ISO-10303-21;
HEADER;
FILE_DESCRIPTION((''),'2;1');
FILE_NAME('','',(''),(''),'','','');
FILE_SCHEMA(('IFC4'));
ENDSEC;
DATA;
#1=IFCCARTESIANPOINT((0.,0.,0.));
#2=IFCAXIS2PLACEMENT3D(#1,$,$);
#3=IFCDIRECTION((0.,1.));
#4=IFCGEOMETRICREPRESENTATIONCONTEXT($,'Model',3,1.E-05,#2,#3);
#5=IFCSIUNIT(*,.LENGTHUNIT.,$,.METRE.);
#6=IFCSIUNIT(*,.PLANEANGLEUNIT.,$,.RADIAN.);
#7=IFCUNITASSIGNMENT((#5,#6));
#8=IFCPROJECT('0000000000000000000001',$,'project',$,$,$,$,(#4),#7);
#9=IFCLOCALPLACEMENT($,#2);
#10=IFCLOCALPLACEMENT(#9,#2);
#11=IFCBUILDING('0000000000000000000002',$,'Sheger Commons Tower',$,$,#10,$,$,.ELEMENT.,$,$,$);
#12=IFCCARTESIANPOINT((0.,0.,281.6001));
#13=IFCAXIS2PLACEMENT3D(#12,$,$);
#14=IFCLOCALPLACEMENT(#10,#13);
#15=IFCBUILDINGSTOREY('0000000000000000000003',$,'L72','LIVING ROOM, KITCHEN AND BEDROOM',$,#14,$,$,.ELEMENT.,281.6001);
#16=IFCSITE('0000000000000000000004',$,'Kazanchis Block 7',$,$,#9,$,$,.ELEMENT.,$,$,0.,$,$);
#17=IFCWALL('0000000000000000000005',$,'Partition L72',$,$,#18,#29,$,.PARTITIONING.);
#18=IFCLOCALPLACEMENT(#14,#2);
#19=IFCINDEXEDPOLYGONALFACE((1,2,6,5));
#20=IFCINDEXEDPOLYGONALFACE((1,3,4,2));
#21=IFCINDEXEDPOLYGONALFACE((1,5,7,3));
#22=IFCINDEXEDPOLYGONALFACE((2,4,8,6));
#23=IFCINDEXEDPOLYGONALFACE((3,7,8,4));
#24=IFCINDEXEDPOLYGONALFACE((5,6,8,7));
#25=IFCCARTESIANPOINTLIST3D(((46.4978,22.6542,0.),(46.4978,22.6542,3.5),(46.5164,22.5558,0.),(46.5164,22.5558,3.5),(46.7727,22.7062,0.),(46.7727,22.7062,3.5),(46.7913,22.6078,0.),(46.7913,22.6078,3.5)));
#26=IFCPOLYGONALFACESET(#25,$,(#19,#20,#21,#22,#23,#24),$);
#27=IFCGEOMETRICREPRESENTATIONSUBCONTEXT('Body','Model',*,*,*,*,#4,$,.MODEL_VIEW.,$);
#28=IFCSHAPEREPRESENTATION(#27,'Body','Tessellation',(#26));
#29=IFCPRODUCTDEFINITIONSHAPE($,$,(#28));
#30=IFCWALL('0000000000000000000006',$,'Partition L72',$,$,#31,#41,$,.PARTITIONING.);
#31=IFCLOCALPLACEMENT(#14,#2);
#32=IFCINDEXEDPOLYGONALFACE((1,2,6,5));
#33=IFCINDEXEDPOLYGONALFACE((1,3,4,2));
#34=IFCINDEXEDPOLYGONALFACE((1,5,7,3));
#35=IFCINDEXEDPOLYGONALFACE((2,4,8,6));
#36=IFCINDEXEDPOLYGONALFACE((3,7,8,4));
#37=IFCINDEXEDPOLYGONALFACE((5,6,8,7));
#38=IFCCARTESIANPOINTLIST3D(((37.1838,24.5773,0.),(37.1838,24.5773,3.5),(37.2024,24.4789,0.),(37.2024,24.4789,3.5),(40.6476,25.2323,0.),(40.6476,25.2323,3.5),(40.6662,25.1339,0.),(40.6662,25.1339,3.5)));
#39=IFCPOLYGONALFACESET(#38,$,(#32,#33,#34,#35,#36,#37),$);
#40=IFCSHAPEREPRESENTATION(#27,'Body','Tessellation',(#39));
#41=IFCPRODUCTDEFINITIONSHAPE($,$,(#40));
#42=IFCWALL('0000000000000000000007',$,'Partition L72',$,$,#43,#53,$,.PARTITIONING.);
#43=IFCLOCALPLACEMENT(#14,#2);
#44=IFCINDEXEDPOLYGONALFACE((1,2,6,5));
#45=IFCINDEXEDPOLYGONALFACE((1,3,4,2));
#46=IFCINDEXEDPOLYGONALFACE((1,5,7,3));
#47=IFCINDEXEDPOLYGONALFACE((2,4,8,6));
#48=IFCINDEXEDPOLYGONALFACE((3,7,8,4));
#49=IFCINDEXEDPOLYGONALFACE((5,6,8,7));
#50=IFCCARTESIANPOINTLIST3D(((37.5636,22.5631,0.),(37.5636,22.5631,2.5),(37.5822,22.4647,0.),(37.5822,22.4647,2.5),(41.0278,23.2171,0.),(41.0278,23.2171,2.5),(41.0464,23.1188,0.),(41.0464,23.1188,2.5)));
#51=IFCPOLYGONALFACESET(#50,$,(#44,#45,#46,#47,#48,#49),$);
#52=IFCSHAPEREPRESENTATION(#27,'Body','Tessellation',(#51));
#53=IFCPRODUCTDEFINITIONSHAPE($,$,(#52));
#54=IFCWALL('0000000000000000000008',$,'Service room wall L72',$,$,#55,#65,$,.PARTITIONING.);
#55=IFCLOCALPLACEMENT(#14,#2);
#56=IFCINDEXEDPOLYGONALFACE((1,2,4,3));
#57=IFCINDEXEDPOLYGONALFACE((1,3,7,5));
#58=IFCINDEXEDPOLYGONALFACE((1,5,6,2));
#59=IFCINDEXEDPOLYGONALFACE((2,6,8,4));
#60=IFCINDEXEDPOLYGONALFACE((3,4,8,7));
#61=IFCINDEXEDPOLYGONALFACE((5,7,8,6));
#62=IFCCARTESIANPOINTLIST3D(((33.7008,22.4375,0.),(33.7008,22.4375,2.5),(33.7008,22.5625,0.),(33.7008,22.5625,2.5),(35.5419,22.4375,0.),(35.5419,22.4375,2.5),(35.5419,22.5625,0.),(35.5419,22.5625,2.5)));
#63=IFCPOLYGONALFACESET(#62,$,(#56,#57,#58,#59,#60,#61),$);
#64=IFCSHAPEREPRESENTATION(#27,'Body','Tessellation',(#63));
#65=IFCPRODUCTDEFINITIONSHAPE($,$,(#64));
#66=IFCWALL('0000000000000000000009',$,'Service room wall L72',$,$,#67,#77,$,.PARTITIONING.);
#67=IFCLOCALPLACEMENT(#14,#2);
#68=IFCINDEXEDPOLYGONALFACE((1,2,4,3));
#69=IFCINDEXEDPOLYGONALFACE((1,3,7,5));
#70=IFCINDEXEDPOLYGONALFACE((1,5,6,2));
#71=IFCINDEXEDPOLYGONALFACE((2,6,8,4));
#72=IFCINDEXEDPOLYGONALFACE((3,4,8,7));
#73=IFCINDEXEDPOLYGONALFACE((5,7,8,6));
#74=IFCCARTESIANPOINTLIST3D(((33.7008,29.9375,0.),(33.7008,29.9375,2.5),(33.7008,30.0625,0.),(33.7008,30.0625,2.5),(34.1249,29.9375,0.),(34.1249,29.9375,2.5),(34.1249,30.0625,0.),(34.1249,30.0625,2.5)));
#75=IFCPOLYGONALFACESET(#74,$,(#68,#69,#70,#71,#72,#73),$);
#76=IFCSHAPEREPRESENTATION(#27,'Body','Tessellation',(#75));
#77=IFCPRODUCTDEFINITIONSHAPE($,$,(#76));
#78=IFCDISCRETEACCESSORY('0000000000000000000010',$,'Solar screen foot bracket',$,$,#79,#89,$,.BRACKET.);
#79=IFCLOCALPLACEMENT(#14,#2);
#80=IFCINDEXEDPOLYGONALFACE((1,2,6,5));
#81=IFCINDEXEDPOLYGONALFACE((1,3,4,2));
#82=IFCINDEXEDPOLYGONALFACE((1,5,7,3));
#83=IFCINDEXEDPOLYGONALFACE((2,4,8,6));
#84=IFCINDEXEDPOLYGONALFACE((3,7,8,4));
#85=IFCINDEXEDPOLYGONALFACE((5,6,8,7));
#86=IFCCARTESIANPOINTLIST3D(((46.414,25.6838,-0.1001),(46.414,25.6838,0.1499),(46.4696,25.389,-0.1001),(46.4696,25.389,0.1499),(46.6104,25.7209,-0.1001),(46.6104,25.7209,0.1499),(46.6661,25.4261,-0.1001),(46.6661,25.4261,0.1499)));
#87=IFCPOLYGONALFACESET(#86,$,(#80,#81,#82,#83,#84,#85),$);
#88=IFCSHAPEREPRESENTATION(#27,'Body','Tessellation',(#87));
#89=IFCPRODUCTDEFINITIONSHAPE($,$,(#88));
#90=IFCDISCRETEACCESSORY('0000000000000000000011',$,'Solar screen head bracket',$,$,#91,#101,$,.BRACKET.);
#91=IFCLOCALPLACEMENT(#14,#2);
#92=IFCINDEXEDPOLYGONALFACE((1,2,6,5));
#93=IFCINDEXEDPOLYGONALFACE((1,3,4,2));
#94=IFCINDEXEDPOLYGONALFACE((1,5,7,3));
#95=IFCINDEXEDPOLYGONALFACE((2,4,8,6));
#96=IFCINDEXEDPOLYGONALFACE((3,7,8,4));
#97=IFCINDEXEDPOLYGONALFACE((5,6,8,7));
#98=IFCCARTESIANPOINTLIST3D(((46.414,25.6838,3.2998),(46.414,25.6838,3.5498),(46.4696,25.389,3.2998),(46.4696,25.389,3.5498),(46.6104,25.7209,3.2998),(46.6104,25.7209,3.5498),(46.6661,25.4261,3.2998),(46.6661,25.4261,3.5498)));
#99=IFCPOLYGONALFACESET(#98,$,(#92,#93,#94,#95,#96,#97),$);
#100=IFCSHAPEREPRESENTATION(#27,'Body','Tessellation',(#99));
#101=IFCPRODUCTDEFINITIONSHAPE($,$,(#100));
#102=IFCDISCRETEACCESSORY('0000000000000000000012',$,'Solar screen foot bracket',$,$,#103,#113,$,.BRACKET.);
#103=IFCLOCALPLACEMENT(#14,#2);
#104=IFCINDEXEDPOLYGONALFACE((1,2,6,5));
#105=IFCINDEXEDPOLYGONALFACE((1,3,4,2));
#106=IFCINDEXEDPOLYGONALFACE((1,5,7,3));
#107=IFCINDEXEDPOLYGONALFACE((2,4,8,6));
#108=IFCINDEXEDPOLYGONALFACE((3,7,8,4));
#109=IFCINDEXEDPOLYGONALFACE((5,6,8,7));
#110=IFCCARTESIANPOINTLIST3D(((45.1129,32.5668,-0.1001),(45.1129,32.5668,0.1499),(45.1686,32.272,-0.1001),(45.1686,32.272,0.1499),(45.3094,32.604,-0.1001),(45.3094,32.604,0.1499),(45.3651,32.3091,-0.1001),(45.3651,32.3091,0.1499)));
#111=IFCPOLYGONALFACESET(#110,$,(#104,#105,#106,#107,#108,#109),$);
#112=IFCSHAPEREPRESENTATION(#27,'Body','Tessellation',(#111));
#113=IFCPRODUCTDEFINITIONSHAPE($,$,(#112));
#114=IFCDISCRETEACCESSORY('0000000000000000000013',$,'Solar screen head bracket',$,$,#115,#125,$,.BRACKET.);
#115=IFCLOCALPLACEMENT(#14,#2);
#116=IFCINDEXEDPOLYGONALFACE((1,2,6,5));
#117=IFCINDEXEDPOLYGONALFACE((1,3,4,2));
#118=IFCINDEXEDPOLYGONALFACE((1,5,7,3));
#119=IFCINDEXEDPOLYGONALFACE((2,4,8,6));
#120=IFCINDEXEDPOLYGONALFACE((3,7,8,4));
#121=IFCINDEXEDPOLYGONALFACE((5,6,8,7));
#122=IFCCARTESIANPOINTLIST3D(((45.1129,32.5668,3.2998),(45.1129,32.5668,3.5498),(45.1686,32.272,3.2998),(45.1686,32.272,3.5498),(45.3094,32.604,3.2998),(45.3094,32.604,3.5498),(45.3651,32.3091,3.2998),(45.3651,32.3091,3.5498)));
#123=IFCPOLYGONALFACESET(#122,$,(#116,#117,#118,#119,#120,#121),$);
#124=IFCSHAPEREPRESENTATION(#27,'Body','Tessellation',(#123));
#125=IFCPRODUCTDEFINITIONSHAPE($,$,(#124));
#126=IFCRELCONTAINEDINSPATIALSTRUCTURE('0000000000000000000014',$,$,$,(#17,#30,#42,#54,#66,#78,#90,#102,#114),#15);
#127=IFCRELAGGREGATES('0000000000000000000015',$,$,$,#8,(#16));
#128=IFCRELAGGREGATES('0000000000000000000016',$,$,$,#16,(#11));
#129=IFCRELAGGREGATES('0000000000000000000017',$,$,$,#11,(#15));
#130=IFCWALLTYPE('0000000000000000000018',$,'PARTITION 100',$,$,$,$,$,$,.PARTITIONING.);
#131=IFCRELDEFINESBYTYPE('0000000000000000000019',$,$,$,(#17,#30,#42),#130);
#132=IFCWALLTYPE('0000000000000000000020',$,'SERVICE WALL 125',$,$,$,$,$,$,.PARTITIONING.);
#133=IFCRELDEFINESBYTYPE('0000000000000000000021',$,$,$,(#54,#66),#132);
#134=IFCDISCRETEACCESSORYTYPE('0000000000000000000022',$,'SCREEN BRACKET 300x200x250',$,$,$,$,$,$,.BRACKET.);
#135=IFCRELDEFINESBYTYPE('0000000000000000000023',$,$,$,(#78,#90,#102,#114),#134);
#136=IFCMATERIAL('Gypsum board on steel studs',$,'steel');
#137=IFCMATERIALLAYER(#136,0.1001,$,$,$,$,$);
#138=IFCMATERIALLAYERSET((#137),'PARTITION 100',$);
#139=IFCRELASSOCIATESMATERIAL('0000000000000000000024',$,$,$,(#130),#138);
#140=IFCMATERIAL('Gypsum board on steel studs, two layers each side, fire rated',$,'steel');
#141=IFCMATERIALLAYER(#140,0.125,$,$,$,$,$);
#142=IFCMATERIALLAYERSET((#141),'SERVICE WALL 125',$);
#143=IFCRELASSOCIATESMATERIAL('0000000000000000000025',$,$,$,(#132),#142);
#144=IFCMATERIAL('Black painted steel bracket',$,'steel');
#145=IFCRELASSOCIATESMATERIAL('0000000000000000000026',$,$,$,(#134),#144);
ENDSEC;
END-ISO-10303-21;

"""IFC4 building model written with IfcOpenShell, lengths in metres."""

from ifc_helpers import new_model, si_unit, direction, frame, frame_2d, origin, origin_2d, place, context, subcontext, project, spatial, rectangle, extrude, material, layer, layer_set, type_object, element, save


model = new_model("IFC4")

# Units and contexts
model_context = context("Model", 3, precision=1e-05, world=origin(), true_north=direction((0.0, 1.0)))
body_context = subcontext(model_context, "Body", "Model", "MODEL_VIEW")
ifc_project = project(units=[si_unit("LENGTHUNIT", "METRE"), si_unit("PLANEANGLEUNIT", "RADIAN")], contexts=[model_context])

# Site, building, storey
site_placement = place(None, origin())
site = spatial("IfcSite", under=ifc_project, at=site_placement, Name="Kazanchis Block 7", CompositionType="ELEMENT", RefElevation=0.0)
building_placement = place(site_placement, origin())
building = spatial("IfcBuilding", under=site, at=building_placement, Name="Sheger Commons Tower", CompositionType="ELEMENT")
storey_placement = place(building_placement, frame((0.0, 0.0, 281.6001)))
storey = spatial("IfcBuildingStorey", under=building, at=storey_placement, Name="L72", Description="LIVING ROOM, KITCHEN AND BEDROOM", CompositionType="ELEMENT", Elevation=281.6001)

# Shared definitions
ifc_material_1 = material(Name="Gypsum board on steel studs", Category="steel")
ifc_layer_1 = layer(ifc_material_1, 0.1001)
ifc_layer_set_1 = layer_set([ifc_layer_1], Name="PARTITION 100")
wall_type_1 = type_object("IfcWallType", Name="PARTITION 100", PredefinedType="PARTITIONING", material=ifc_layer_set_1)

# Walls
wall_1_placement = place(storey_placement, frame((46.782, 22.657, 0.0), z_axis=(0.0, 0.0, 1.0), x_axis=(-0.982575, -0.185869, 0.0)))
element("IfcWall", 1, at=wall_1_placement, inside=storey, type_object=wall_type_1, Name="Partition L72", PredefinedType="PARTITIONING", context=body_context, shape_type="SweptSolid", body=[
    extrude(rectangle(XDim=0.2798, YDim=0.1001, at=frame_2d((0.1399, 0.0))), origin(), (0.0, 0.0, 1.0), 3.5),
])
wall_2_placement = place(storey_placement, frame((40.657, 25.1831, 0.0), z_axis=(0.0, 0.0, 1.0), x_axis=(-0.982586, -0.18581, 0.0)))
element("IfcWall", 2, at=wall_2_placement, inside=storey, type_object=wall_type_1, Name="Partition L72", PredefinedType="PARTITIONING", context=body_context, shape_type="SweptSolid", body=[
    extrude(rectangle(XDim=3.5251, YDim=0.1001, at=frame_2d((1.7627, 0.0))), origin(), (0.0, 0.0, 1.0), 3.5),
])
wall_3_placement = place(storey_placement, frame((41.0371, 23.168, 0.0), z_axis=(0.0, 0.0, 1.0), x_axis=(-0.982639, -0.18553, 0.0)))
element("IfcWall", 3, at=wall_3_placement, inside=storey, type_object=wall_type_1, Name="Partition L72", PredefinedType="PARTITIONING", context=body_context, shape_type="SweptSolid", body=[
    extrude(rectangle(XDim=3.5254, YDim=0.1001, at=frame_2d((1.7627, 0.0))), origin(), (0.0, 0.0, 1.0), 2.5),
])
ifc_material_2 = material(Name="Gypsum board on steel studs, two layers each side, fire rated", Category="steel")
ifc_layer_2 = layer(ifc_material_2, 0.125)
ifc_layer_set_2 = layer_set([ifc_layer_2], Name="SERVICE WALL 125")
wall_type_2 = type_object("IfcWallType", Name="SERVICE WALL 125", PredefinedType="PARTITIONING", material=ifc_layer_set_2)
wall_4_placement = place(storey_placement, frame((33.7009, 22.5, 0.0), z_axis=(0.0, 0.0, 1.0), x_axis=(1.0, 0.0, 0.0)))
element("IfcWall", 4, at=wall_4_placement, inside=storey, type_object=wall_type_2, Name="Service room wall L72", PredefinedType="PARTITIONING", context=body_context, shape_type="SweptSolid", body=[
    extrude(rectangle(XDim=1.8411, YDim=0.125, at=frame_2d((0.9204, 0.0))), origin(), (0.0, 0.0, 1.0), 2.5),
])
wall_5_placement = place(storey_placement, frame((33.7009, 30.0, 0.0), z_axis=(0.0, 0.0, 1.0), x_axis=(1.0, 0.0, 0.0)))
element("IfcWall", 5, at=wall_5_placement, inside=storey, type_object=wall_type_2, Name="Service room wall L72", PredefinedType="PARTITIONING", context=body_context, shape_type="SweptSolid", body=[
    extrude(rectangle(XDim=0.4241, YDim=0.125, at=frame_2d((0.2119, 0.0))), origin(), (0.0, 0.0, 1.0), 2.5),
])

# Discrete accessories
ifc_material_3 = material(Name="Black painted steel bracket", Category="steel")
discrete_accessory_type = type_object("IfcDiscreteAccessoryType", Name="SCREEN BRACKET 300x200x250", PredefinedType="BRACKET", material=ifc_material_3)
for number, where, z_axis, x_axis, name in (
    (6, (46.54, 25.5549, -0.1001), (0.0, 0.0, 1.0), (-0.185615, 0.982623, 0.0), "Solar screen foot bracket"),
    (7, (46.54, 25.5549, 3.2998), (0.0, 0.0, 1.0), (-0.185615, 0.982623, 0.0), "Solar screen head bracket"),
    (8, (45.239, 32.438, -0.1001), (0.0, 0.0, 1.0), (-0.185615, 0.982623, 0.0), "Solar screen foot bracket"),
    (9, (45.239, 32.438, 3.2998), (0.0, 0.0, 1.0), (-0.185615, 0.982623, 0.0), "Solar screen head bracket"),
):
    element("IfcDiscreteAccessory", number, at=place(storey_placement, frame(where, z_axis=z_axis, x_axis=x_axis)), inside=storey, type_object=discrete_accessory_type, Name=name, PredefinedType="BRACKET", context=body_context, shape_type="SweptSolid", body=[
        extrude(rectangle(XDim=0.3, YDim=0.2, at=origin_2d()), origin(), (0.0, 0.0, 1.0), 0.25),
    ])

save(model, "model.ifc")
